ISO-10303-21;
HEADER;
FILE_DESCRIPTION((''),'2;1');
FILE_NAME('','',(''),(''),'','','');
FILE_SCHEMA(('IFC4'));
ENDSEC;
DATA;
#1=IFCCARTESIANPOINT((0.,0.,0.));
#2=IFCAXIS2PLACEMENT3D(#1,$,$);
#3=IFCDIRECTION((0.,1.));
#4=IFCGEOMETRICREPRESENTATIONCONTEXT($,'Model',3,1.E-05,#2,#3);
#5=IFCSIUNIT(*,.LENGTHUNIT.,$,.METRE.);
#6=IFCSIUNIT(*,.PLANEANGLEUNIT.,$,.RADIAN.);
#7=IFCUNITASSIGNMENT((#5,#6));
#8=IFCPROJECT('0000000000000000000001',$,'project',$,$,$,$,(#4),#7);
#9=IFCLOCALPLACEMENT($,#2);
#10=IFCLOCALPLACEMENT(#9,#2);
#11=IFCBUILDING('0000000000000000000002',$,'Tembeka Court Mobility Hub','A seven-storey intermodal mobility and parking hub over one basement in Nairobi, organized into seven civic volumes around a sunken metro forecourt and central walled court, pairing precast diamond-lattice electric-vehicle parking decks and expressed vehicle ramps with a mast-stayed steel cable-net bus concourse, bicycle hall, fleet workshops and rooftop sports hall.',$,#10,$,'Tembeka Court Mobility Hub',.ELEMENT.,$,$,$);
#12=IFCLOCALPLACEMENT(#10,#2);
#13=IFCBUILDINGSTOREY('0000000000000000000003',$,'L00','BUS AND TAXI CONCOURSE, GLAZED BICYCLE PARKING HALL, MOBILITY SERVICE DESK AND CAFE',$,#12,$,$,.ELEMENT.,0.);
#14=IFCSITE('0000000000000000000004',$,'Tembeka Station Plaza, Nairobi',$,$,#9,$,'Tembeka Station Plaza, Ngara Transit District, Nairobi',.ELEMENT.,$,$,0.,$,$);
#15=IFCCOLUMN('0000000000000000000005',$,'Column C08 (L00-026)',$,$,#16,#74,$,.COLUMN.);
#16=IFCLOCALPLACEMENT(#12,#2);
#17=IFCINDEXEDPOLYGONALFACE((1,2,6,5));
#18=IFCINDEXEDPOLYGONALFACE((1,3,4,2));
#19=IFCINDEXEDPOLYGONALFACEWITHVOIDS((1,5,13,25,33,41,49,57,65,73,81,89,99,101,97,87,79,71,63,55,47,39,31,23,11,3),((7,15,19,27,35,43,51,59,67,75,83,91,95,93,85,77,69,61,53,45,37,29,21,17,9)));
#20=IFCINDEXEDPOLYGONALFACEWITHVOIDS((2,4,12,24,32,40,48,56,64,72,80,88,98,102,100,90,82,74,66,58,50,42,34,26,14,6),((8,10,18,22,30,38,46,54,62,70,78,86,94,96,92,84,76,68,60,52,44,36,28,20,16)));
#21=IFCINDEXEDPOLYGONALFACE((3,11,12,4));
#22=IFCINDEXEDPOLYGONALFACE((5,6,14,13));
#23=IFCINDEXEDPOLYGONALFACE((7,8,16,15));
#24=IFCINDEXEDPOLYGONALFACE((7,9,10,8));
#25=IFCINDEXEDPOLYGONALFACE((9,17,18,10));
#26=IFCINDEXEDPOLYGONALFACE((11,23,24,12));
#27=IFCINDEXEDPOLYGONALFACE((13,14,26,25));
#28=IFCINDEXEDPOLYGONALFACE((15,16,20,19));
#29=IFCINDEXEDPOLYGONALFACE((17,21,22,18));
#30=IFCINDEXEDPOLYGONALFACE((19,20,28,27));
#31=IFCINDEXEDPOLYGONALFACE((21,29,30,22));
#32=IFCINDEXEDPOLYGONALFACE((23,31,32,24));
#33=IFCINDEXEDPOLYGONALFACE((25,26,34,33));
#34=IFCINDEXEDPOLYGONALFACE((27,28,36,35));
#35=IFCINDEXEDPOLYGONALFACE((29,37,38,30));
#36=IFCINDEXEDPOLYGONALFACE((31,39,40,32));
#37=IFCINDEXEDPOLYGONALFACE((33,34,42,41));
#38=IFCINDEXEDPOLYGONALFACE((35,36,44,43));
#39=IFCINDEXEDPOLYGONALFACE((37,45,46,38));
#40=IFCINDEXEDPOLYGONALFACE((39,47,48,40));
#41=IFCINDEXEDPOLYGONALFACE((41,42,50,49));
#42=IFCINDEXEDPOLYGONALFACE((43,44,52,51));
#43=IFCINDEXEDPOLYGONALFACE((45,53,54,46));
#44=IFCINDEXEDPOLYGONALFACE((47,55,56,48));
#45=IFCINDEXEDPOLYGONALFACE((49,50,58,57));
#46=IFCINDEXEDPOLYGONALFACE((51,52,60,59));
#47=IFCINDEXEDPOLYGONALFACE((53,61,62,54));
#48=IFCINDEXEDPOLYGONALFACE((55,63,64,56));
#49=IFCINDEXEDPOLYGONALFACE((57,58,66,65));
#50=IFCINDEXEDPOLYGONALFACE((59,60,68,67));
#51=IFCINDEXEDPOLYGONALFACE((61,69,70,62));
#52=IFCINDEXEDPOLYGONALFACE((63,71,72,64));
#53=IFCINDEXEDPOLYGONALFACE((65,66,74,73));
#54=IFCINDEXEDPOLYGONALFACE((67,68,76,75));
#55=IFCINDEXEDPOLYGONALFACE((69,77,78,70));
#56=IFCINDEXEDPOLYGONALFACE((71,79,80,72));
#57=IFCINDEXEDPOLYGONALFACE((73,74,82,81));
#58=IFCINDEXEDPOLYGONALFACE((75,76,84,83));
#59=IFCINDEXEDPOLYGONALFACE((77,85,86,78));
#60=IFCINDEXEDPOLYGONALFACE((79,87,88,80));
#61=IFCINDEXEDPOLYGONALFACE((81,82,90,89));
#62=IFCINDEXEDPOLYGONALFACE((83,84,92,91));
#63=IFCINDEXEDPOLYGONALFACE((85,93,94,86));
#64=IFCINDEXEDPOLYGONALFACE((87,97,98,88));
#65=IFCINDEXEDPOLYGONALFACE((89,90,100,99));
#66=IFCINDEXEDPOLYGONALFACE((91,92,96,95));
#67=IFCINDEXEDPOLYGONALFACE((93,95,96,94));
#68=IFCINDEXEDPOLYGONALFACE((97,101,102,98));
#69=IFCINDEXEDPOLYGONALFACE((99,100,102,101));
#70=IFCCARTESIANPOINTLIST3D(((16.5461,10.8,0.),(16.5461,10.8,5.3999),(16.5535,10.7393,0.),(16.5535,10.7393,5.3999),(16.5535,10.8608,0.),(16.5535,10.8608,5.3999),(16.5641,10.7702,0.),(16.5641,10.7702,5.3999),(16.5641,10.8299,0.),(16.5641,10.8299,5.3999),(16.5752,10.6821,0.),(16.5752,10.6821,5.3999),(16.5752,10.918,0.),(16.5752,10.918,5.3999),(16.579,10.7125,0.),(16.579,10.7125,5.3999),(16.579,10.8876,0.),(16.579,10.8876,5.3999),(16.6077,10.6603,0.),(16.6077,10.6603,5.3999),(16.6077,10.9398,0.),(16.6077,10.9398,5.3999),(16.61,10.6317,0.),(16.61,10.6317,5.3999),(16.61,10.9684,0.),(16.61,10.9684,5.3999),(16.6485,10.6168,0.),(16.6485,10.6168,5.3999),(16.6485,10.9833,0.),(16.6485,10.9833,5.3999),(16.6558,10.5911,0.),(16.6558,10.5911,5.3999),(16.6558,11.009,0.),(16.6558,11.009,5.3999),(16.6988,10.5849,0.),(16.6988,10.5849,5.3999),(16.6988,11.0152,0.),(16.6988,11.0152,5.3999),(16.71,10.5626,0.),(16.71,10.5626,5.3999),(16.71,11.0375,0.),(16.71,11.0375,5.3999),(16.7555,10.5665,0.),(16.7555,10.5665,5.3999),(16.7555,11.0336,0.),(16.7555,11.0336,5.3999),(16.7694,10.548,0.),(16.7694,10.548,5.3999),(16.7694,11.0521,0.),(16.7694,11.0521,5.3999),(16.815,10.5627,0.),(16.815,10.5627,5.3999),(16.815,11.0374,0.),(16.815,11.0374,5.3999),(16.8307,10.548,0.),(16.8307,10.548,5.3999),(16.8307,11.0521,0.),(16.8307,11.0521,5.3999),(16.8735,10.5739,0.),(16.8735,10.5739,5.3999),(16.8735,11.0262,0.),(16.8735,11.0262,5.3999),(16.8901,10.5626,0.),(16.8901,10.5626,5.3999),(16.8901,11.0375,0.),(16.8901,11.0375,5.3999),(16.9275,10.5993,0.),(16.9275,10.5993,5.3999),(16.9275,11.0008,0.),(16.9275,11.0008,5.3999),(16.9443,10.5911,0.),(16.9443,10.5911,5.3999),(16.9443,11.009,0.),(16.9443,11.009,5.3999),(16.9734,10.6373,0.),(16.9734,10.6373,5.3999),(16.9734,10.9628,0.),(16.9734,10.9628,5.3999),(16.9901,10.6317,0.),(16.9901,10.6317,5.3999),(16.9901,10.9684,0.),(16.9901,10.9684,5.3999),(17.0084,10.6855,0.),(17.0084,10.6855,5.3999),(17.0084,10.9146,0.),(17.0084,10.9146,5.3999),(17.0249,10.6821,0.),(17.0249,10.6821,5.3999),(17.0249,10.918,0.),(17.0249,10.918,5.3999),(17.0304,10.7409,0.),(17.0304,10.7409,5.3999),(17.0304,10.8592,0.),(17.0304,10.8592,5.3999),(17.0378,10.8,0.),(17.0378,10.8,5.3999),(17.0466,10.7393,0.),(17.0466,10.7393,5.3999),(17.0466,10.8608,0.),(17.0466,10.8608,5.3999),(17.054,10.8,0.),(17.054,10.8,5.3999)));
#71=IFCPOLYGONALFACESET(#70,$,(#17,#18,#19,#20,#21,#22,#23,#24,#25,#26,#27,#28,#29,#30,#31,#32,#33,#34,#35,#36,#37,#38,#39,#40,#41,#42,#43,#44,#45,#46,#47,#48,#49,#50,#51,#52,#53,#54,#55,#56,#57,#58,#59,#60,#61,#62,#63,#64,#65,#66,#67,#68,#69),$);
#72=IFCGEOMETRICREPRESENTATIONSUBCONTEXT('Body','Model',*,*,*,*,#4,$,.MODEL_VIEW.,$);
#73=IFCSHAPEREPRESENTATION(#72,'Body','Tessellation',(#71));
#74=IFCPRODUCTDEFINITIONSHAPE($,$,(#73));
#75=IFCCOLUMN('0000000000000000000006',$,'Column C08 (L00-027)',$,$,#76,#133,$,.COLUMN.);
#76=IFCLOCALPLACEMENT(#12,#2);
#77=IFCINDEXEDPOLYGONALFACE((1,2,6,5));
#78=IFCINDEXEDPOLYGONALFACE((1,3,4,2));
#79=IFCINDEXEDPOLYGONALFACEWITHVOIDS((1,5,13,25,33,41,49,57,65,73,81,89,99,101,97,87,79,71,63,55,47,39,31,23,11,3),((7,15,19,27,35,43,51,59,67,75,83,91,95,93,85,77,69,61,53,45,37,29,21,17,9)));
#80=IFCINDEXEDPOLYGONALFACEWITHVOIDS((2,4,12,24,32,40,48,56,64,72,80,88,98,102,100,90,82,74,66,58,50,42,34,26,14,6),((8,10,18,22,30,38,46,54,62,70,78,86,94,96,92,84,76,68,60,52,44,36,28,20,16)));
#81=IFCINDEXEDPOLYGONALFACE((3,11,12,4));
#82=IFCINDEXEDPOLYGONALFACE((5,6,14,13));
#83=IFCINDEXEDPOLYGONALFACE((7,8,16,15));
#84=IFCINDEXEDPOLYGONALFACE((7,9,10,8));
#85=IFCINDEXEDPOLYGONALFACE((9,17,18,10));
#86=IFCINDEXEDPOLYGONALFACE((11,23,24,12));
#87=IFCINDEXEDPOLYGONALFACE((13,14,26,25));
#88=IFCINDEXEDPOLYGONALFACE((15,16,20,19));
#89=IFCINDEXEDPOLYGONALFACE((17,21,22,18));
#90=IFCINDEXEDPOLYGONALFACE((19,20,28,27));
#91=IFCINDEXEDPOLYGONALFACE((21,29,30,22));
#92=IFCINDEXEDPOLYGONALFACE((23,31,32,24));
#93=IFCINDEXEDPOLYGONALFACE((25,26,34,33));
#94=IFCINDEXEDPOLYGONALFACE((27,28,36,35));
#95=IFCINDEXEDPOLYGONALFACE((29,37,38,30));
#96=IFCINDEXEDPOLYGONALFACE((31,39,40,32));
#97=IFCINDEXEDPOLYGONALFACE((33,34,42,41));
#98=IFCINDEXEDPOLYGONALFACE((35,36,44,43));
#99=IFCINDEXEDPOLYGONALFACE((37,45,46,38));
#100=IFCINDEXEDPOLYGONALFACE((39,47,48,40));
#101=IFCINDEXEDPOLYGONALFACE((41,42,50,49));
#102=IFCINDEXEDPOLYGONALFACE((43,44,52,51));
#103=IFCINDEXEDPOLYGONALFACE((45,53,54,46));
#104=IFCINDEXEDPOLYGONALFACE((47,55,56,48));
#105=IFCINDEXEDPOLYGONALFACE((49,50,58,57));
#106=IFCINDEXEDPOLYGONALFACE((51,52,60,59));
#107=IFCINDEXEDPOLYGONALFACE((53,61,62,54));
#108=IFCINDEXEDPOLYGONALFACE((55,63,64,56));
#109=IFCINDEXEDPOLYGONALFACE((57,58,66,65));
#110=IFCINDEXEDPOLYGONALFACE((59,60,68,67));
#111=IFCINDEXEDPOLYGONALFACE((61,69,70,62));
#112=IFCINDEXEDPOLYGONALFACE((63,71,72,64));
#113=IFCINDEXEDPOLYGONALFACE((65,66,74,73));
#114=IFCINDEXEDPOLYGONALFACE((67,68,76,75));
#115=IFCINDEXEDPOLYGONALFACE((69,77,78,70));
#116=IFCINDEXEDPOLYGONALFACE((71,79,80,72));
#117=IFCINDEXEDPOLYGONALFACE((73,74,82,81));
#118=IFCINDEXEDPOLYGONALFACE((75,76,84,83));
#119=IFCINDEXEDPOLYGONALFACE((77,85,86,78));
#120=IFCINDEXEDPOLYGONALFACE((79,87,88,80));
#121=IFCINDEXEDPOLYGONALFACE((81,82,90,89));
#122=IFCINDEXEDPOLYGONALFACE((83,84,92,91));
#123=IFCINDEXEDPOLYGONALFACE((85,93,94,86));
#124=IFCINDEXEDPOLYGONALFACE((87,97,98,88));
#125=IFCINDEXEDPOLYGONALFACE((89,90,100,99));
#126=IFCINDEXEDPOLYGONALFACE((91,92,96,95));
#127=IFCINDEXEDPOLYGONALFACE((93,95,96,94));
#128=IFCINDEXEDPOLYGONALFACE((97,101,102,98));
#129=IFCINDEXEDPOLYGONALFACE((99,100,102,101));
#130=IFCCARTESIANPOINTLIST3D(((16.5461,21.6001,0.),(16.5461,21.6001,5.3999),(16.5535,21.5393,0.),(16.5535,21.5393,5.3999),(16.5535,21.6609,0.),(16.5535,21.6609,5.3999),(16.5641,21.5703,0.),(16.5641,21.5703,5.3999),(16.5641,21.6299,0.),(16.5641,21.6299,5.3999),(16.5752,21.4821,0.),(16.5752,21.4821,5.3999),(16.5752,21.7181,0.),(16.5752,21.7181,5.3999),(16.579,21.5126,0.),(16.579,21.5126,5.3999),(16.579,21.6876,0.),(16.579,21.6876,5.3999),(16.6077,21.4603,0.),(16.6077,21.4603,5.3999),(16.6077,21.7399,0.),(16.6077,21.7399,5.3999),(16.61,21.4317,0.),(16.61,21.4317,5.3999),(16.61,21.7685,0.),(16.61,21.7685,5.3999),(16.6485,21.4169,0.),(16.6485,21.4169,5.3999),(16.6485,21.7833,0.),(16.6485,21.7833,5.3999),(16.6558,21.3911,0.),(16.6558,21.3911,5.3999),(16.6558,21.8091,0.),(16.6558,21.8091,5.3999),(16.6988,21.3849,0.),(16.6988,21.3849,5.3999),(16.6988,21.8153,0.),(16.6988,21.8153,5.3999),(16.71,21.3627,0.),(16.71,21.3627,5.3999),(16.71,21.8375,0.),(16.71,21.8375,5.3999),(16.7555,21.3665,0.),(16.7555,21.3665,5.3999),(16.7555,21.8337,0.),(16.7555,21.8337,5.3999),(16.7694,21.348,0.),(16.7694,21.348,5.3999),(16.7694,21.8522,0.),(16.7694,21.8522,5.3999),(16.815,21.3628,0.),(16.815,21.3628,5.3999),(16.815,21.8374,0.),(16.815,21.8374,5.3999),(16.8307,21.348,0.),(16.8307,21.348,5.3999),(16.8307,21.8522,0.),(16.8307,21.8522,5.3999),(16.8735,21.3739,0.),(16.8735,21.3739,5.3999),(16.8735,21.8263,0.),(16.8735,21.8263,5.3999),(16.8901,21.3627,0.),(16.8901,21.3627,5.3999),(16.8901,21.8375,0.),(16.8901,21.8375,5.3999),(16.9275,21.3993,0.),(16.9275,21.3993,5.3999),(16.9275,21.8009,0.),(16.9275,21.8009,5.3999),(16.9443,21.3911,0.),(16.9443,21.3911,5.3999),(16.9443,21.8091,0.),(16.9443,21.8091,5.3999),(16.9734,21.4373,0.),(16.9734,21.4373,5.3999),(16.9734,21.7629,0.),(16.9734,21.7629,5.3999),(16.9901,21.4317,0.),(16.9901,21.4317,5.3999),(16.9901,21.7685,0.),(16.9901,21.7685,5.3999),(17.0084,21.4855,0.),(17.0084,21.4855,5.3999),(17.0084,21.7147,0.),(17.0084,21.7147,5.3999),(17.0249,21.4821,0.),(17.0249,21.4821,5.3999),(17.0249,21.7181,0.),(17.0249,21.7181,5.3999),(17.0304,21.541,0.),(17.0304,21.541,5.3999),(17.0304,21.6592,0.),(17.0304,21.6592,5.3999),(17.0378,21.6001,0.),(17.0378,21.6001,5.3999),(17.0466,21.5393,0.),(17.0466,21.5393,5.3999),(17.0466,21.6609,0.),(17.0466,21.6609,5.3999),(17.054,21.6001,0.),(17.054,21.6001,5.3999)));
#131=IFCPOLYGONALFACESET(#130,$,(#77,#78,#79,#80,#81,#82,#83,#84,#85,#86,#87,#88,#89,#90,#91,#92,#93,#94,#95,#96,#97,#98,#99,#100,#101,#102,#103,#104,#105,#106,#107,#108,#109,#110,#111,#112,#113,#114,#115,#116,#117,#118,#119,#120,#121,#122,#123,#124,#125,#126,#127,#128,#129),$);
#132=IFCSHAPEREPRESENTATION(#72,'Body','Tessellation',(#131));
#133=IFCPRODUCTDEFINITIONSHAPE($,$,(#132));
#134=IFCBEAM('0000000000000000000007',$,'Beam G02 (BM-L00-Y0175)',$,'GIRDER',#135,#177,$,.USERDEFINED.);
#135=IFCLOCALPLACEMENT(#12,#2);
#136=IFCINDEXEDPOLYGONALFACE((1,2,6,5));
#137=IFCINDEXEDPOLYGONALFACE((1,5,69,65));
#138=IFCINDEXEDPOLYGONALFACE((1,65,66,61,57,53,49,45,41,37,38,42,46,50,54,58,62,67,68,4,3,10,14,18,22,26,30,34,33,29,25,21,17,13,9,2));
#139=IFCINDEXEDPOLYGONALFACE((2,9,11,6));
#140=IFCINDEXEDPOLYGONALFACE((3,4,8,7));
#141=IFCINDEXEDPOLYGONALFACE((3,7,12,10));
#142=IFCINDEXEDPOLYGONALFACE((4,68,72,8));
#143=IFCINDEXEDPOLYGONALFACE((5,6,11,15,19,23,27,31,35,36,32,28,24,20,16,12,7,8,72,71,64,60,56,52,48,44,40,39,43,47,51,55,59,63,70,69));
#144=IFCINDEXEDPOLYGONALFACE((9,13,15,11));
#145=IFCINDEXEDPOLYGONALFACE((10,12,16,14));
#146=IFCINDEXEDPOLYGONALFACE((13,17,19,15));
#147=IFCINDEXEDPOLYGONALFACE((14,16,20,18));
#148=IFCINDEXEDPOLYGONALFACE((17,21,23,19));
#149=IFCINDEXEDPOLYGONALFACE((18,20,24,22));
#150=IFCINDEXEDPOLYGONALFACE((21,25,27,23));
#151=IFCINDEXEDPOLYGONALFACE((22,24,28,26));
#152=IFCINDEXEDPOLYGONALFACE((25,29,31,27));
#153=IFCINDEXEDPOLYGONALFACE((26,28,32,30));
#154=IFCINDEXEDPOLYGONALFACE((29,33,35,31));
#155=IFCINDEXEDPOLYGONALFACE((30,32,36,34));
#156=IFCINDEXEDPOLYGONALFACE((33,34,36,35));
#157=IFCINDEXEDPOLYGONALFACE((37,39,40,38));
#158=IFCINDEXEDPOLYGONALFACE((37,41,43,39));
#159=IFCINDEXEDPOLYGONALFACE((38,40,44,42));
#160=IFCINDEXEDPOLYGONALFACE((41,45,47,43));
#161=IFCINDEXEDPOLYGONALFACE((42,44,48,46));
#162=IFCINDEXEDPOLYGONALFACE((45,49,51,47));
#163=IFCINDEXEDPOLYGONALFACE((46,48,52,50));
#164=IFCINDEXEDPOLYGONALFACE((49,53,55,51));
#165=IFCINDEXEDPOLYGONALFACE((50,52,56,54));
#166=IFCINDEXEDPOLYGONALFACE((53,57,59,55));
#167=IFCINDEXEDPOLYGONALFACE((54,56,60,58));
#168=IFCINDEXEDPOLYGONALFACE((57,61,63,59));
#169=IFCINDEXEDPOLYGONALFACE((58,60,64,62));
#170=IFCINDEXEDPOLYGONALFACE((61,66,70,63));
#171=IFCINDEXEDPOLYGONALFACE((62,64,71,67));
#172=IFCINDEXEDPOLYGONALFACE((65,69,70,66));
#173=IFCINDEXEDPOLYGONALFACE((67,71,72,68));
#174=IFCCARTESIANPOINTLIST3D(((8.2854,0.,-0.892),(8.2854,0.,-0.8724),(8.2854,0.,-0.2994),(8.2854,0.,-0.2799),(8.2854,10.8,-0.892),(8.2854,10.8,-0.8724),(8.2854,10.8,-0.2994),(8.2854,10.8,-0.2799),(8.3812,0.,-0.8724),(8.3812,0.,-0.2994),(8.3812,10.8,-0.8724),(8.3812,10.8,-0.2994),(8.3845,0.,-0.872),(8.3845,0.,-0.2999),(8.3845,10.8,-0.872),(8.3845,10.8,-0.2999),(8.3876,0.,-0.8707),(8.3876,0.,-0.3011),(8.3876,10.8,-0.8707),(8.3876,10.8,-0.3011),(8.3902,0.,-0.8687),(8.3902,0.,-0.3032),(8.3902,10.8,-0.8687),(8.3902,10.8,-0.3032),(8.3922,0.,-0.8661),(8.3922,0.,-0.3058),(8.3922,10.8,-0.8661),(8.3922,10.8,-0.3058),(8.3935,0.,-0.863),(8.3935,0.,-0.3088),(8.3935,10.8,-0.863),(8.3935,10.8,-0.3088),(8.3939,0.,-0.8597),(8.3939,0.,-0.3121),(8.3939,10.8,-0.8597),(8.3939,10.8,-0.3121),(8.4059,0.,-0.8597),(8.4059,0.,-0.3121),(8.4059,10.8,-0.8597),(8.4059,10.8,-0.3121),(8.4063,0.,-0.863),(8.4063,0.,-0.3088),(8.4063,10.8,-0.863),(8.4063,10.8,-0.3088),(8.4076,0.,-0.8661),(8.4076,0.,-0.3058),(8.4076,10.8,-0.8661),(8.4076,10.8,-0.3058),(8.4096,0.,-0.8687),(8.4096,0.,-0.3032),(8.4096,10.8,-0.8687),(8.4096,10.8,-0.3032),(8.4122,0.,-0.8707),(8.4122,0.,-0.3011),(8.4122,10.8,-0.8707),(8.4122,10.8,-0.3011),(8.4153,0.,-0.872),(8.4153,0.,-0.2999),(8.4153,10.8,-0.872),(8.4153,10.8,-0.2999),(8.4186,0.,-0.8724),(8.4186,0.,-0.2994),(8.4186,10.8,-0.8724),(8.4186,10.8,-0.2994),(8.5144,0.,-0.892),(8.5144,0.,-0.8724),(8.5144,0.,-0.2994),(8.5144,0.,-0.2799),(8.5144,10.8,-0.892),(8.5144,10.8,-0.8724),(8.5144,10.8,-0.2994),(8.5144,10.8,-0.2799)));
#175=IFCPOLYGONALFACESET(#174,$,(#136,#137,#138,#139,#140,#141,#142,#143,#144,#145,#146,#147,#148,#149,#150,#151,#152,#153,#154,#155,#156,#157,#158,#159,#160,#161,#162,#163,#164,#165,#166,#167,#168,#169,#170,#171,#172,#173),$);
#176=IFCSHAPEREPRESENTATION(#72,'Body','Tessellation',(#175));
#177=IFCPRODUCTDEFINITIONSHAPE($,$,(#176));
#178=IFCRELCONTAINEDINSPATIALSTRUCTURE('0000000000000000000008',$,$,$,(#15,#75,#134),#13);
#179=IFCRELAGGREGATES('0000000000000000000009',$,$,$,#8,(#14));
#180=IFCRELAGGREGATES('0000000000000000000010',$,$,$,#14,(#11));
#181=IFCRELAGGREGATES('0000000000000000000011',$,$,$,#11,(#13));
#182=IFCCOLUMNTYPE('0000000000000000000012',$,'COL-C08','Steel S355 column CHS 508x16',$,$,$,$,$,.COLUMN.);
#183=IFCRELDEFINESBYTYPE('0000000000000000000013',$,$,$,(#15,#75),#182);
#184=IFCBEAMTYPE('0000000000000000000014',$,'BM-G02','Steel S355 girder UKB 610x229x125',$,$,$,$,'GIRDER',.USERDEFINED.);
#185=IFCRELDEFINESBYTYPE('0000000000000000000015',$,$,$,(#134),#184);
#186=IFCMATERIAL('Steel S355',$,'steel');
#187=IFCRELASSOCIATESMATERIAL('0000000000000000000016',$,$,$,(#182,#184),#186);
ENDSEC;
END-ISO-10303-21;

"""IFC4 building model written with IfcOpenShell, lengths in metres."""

from ifc_helpers import new_model, si_unit, direction, frame, origin, origin_2d, place, context, subcontext, project, spatial, hollow_circle, i_section, extrude, material, material_profile, profile_set, type_object, element, save


model = new_model("IFC4")

# Units and contexts
model_context = context("Model", 3, precision=1e-05, world=origin(), true_north=direction((0.0, 1.0)))
body_context = subcontext(model_context, "Body", "Model", "MODEL_VIEW")
ifc_project = project(units=[si_unit("LENGTHUNIT", "METRE"), si_unit("PLANEANGLEUNIT", "RADIAN")], contexts=[model_context])

# Site, building, storey
site_placement = place(None, origin())
site = spatial("IfcSite", under=ifc_project, at=site_placement, Name="Tembeka Station Plaza, Nairobi", LongName="Tembeka Station Plaza, Ngara Transit District, Nairobi", CompositionType="ELEMENT", RefElevation=0.0)
building_placement = place(site_placement, origin())
building = spatial("IfcBuilding", under=site, at=building_placement, Name="Tembeka Court Mobility Hub", Description="A seven-storey intermodal mobility and parking hub over one basement in Nairobi, organized into seven civic volumes around a sunken metro forecourt and central walled court, pairing precast diamond-lattice electric-vehicle parking decks and expressed vehicle ramps with a mast-stayed steel cable-net bus concourse, bicycle hall, fleet workshops and rooftop sports hall.", LongName="Tembeka Court Mobility Hub", CompositionType="ELEMENT")
storey_placement = place(building_placement, origin())
storey = spatial("IfcBuildingStorey", under=building, at=storey_placement, Name="L00", Description="BUS AND TAXI CONCOURSE, GLAZED BICYCLE PARKING HALL, MOBILITY SERVICE DESK AND CAFE", CompositionType="ELEMENT", Elevation=0.0)

# Columns
ifc_material_1 = material(Name="Steel S355", Category="steel")
ifc_material_profile_1 = material_profile(ifc_material_1, hollow_circle(Radius=0.2539, WallThickness=0.0161, at=origin_2d()), Name="CHS 508x16")
ifc_profile_set_1 = profile_set([ifc_material_profile_1], Name="Steel S355")
column_type_1 = type_object("IfcColumnType", Name="COL-C08", Description="Steel S355 column CHS 508x16", PredefinedType="COLUMN", material=ifc_profile_set_1)
for number, where, z_axis, x_axis, name in (
    (1, (16.8, 10.8, 0.0), (0.0, 0.0, 1.0), (1.0, 0.0, 0.0), "Column C08 (L00-026)"),
    (2, (16.8, 21.6001, 0.0), (0.0, 0.0, 1.0), (1.0, 0.0, 0.0), "Column C08 (L00-027)"),
):
    element("IfcColumn", number, at=place(storey_placement, frame(where, z_axis=z_axis, x_axis=x_axis)), inside=storey, type_object=column_type_1, Name=name, PredefinedType="COLUMN", context=body_context, shape_type="SweptSolid", body=[
        extrude(hollow_circle(Radius=0.2539, WallThickness=0.0161, at=origin_2d()), origin(), (0.0, 0.0, 1.0), 5.3999),
    ])

# Beam
ifc_material_profile_2 = material_profile(ifc_material_1, i_section(OverallWidth=0.229, OverallDepth=0.6121, WebThickness=0.012, FlangeThickness=0.0195, FilletRadius=0.0127, at=origin_2d()), Name="UKB 610x229x125")
ifc_profile_set_2 = profile_set([ifc_material_profile_2], Name="Steel S355")
beam_type_1 = type_object("IfcBeamType", Name="BM-G02", Description="Steel S355 girder UKB 610x229x125", ElementType="GIRDER", PredefinedType="USERDEFINED", material=ifc_profile_set_2)
for number, where, z_axis, x_axis, name in (
    (3, (8.3999, 0.0, -0.5859), (0.0, 1.0, 0.0), (-1.0, 0.0, 0.0), "Beam G02 (BM-L00-Y0175)"),
):
    element("IfcBeam", number, at=place(storey_placement, frame(where, z_axis=z_axis, x_axis=x_axis)), inside=storey, type_object=beam_type_1, Name=name, ObjectType="GIRDER", PredefinedType="USERDEFINED", context=body_context, shape_type="SweptSolid", body=[
        extrude(i_section(OverallWidth=0.229, OverallDepth=0.6121, WebThickness=0.012, FlangeThickness=0.0195, FilletRadius=0.0127, at=origin_2d()), origin(), (0.0, 0.0, 1.0), 10.8),
    ])

save(model, "model.ifc")
